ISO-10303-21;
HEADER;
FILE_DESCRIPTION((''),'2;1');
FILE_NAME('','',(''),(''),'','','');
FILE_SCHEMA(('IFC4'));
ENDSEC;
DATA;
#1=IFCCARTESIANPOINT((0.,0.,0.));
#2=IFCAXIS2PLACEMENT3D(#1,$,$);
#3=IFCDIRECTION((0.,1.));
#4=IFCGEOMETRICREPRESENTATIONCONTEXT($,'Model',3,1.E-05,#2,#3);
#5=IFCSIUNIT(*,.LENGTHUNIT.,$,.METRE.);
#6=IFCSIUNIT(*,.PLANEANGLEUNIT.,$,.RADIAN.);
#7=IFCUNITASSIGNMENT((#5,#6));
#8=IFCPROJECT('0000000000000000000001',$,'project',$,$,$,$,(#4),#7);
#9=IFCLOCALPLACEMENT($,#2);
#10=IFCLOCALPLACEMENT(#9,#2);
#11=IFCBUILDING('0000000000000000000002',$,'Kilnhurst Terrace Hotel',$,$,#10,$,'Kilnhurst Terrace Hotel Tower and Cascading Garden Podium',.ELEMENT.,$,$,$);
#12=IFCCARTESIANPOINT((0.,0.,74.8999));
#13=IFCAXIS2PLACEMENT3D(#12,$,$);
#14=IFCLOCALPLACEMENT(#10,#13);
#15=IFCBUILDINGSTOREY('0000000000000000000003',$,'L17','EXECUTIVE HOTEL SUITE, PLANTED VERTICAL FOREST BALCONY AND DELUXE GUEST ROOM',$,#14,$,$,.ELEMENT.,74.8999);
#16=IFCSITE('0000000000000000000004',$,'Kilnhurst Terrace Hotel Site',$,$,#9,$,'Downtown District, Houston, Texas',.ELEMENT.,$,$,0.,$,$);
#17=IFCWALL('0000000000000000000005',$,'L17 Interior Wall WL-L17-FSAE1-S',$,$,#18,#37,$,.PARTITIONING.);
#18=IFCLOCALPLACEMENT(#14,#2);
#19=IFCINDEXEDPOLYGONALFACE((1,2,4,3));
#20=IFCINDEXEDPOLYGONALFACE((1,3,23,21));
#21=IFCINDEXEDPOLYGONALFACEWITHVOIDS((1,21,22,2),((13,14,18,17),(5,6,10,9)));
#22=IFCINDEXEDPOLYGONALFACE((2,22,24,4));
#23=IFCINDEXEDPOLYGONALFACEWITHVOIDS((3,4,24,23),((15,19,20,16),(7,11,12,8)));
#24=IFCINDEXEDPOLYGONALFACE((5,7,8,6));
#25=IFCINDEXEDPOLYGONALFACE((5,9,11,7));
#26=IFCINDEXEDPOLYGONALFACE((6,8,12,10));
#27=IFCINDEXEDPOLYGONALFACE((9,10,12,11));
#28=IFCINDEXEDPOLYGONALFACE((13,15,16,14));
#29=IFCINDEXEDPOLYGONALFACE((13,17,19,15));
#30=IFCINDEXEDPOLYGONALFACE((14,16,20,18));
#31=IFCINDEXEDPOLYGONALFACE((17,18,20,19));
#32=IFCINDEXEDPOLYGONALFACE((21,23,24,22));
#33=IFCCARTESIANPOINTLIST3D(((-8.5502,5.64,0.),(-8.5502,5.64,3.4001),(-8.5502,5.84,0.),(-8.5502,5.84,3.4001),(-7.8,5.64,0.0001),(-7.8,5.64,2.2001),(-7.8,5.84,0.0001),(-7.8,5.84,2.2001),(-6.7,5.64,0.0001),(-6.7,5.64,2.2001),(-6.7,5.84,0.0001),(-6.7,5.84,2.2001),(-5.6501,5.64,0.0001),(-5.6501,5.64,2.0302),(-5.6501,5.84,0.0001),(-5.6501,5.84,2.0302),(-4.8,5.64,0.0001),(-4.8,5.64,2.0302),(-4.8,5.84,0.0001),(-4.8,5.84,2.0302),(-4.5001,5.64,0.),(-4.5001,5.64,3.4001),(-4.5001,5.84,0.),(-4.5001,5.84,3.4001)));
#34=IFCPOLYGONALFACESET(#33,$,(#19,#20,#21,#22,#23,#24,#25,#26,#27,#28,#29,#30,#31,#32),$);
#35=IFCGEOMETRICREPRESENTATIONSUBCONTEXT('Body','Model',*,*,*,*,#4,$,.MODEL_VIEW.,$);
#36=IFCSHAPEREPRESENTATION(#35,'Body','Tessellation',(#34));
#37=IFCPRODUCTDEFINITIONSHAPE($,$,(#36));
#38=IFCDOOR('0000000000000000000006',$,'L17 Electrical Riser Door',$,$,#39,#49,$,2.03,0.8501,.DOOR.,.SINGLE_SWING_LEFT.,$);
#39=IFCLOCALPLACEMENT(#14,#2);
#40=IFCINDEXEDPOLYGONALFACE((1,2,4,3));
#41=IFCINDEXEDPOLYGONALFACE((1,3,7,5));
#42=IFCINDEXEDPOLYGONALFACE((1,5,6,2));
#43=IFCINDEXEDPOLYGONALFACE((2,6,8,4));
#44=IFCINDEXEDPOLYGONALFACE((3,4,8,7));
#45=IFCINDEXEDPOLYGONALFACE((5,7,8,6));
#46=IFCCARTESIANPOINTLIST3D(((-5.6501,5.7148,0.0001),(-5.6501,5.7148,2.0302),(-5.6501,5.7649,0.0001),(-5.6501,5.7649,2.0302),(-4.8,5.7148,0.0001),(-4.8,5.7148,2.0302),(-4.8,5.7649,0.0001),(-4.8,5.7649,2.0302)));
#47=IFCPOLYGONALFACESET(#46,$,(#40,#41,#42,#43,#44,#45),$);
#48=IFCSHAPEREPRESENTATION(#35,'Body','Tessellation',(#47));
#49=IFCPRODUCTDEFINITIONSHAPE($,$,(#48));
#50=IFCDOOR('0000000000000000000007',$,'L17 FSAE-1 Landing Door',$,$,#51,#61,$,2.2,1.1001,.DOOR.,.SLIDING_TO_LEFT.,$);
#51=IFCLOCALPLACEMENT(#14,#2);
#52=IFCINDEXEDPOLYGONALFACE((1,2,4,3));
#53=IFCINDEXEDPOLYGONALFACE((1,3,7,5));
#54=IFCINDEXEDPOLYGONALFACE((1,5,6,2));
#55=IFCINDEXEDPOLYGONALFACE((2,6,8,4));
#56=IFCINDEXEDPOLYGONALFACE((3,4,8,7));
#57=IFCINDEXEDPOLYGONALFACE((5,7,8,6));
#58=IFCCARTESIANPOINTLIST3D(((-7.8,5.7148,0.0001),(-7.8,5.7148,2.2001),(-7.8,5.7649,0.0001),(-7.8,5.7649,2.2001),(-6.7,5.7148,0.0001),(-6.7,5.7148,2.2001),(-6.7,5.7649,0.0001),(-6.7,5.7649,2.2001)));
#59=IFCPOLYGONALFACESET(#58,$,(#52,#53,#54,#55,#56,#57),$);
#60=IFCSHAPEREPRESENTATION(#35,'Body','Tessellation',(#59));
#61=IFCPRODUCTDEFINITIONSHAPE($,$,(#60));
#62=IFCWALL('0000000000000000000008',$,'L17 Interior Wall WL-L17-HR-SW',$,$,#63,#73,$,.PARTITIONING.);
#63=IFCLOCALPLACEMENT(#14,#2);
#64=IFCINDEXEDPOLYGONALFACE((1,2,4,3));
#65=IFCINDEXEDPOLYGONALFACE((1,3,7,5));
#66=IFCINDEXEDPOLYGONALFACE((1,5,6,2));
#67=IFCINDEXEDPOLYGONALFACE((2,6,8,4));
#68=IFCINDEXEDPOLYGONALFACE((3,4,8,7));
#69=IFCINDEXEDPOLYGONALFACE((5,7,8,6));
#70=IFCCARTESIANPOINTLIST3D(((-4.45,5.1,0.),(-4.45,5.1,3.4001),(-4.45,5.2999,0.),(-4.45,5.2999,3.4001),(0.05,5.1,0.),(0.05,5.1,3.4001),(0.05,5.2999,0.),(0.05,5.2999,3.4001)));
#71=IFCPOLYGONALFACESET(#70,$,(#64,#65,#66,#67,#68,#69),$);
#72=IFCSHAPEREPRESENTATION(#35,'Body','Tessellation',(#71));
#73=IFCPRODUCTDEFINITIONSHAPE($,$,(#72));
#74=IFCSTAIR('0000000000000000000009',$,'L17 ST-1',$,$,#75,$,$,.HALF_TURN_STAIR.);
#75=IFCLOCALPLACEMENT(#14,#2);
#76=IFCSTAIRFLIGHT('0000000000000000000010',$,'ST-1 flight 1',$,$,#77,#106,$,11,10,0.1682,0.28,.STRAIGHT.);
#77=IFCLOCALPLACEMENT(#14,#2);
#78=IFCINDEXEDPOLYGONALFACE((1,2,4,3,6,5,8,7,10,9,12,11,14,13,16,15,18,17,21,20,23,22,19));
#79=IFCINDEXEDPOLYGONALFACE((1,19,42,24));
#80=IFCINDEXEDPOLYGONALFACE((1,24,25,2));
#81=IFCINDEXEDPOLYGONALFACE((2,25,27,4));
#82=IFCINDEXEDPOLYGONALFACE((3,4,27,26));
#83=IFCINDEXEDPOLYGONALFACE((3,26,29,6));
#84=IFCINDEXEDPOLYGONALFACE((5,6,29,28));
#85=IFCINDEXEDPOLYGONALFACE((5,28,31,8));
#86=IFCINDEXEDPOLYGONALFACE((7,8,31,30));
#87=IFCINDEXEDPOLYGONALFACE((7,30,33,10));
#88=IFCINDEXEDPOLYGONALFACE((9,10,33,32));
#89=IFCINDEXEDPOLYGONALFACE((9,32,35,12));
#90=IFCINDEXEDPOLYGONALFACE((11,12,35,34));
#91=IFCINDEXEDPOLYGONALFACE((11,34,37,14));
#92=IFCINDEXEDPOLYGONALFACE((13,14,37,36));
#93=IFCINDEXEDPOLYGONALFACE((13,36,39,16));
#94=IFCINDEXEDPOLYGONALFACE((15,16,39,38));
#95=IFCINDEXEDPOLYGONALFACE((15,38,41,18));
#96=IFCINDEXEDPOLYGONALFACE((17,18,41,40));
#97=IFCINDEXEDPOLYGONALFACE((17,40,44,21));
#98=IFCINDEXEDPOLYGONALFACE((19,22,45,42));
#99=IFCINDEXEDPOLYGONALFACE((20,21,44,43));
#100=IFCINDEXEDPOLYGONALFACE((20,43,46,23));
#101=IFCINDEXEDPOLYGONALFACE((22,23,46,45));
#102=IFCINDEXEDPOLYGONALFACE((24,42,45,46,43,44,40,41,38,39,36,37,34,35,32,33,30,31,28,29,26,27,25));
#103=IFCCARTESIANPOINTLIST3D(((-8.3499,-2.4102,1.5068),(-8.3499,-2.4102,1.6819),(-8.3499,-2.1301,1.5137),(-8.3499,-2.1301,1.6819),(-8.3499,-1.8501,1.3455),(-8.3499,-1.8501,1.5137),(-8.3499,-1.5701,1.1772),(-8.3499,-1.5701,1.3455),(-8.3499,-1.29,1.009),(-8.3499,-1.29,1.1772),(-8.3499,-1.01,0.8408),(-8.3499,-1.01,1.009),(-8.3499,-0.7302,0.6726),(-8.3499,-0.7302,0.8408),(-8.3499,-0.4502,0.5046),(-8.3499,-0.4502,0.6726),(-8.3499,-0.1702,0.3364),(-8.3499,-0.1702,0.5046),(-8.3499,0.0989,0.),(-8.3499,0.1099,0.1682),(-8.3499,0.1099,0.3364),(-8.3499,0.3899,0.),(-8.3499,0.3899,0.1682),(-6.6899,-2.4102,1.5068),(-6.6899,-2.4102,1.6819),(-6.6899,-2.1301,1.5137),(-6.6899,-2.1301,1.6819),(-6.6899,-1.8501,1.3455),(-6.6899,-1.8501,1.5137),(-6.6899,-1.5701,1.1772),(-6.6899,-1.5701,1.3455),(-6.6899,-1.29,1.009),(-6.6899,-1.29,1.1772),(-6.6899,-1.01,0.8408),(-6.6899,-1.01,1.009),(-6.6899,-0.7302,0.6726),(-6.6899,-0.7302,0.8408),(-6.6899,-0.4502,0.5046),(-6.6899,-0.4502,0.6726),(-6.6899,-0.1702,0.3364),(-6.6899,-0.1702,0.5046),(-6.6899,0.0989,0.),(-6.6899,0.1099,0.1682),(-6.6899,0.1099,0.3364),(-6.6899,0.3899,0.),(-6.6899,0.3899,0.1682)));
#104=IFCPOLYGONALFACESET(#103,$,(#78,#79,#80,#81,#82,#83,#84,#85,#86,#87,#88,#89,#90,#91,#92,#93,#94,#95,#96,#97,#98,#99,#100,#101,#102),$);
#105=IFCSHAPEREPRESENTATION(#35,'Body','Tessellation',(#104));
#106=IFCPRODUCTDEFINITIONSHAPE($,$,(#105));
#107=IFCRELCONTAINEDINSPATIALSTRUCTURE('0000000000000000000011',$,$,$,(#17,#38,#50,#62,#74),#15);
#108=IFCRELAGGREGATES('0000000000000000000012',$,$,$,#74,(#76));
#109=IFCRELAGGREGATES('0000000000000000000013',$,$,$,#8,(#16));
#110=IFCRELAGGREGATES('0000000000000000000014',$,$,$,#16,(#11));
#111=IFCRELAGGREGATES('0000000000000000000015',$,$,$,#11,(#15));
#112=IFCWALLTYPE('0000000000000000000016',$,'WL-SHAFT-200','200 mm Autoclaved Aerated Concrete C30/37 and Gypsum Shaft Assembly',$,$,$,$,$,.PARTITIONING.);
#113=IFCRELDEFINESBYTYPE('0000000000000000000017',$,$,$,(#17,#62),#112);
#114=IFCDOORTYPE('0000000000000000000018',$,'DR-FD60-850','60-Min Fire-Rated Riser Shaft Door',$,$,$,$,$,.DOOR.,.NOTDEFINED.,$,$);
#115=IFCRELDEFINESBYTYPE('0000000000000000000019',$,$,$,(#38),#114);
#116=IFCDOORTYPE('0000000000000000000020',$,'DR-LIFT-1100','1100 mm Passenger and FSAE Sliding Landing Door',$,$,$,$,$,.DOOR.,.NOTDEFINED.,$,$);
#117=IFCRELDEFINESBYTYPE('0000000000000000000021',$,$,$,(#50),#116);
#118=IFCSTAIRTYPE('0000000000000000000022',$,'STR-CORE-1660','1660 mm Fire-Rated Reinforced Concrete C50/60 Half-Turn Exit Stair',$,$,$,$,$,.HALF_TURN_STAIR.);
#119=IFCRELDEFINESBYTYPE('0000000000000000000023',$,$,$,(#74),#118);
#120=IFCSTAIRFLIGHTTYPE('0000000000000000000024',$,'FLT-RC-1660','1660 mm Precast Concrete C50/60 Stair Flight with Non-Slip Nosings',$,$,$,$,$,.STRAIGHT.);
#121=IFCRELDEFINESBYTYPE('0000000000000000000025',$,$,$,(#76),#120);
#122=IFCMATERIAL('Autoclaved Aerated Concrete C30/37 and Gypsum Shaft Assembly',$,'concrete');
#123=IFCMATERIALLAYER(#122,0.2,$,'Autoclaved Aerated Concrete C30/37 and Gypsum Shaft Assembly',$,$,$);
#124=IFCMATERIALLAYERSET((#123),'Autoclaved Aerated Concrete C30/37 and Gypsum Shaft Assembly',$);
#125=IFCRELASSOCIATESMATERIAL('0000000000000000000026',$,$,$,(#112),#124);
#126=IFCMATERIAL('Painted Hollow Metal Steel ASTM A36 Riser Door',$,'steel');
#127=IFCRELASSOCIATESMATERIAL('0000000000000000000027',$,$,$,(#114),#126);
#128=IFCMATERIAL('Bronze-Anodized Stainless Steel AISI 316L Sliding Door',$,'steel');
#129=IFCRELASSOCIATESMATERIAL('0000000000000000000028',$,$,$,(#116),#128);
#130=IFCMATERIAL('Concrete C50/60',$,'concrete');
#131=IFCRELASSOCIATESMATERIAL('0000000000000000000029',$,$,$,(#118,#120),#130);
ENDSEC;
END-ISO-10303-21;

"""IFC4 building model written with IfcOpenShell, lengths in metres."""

from ifc_helpers import new_model, si_unit, direction, frame, frame_2d, origin, place, context, subcontext, project, spatial, polyline, rectangle, outline, extrude, material, layer, layer_set, type_object, element, fill, aggregate, save


model = new_model("IFC4")

# Units and contexts
model_context = context("Model", 3, precision=1e-05, world=origin(), true_north=direction((0.0, 1.0)))
body_context = subcontext(model_context, "Body", "Model", "MODEL_VIEW")
ifc_project = project(units=[si_unit("LENGTHUNIT", "METRE"), si_unit("PLANEANGLEUNIT", "RADIAN")], contexts=[model_context])

# Site, building, storey
site_placement = place(None, origin())
site = spatial("IfcSite", under=ifc_project, at=site_placement, Name="Kilnhurst Terrace Hotel Site", LongName="Downtown District, Houston, Texas", CompositionType="ELEMENT", RefElevation=0.0)
building_placement = place(site_placement, origin())
building = spatial("IfcBuilding", under=site, at=building_placement, Name="Kilnhurst Terrace Hotel", LongName="Kilnhurst Terrace Hotel Tower and Cascading Garden Podium", CompositionType="ELEMENT")
storey_placement = place(building_placement, frame((0.0, 0.0, 74.8999)))
storey = spatial("IfcBuildingStorey", under=building, at=storey_placement, Name="L17", Description="EXECUTIVE HOTEL SUITE, PLANTED VERTICAL FOREST BALCONY AND DELUXE GUEST ROOM", CompositionType="ELEMENT", Elevation=74.8999)

# Shared definitions
ifc_material_1 = material(Name="Concrete C50/60", Category="concrete")

# Wall, openings, doors
ifc_material_2 = material(Name="Autoclaved Aerated Concrete C30/37 and Gypsum Shaft Assembly", Category="concrete")
ifc_layer_1 = layer(ifc_material_2, 0.2, Name="Autoclaved Aerated Concrete C30/37 and Gypsum Shaft Assembly")
ifc_layer_set_1 = layer_set([ifc_layer_1], Name="Autoclaved Aerated Concrete C30/37 and Gypsum Shaft Assembly")
wall_type_1 = type_object("IfcWallType", Name="WL-SHAFT-200", Description="200 mm Autoclaved Aerated Concrete C30/37 and Gypsum Shaft Assembly", PredefinedType="PARTITIONING", material=ifc_layer_set_1)
wall_1_placement = place(storey_placement, frame((-8.55, 5.74, 0.0), z_axis=(0.0, 0.0, 1.0), x_axis=(1.0, 0.0, 0.0)))
wall_1 = element("IfcWall", 1, at=wall_1_placement, inside=storey, type_object=wall_type_1, Name="L17 Interior Wall WL-L17-FSAE1-S", PredefinedType="PARTITIONING", context=body_context, shape_type="SweptSolid", body=[
    extrude(rectangle(XDim=4.05, YDim=0.2, at=frame_2d((2.0249, 0.0))), origin(), (0.0, 0.0, 1.0), 3.4001),
])
opening_1_placement = place(wall_1_placement, frame((0.75, 0.0, 0.0)))
opening_1 = element("IfcOpeningElement", 2, at=opening_1_placement, cuts=wall_1, PredefinedType="OPENING", context=body_context, shape_type="SweptSolid", body=[
    extrude(rectangle(XDim=1.1001, YDim=2.2, at=frame_2d((0.55, 1.1001))), frame((0.0, 0.1099, 0.0), z_axis=(0.0, -1.0, 0.0), x_axis=(1.0, 0.0, 0.0)), (0.0, 0.0, 1.0), 0.22),
])
opening_2_placement = place(wall_1_placement, frame((2.8999, 0.0, 0.0)))
opening_2 = element("IfcOpeningElement", 3, at=opening_2_placement, cuts=wall_1, PredefinedType="OPENING", context=body_context, shape_type="SweptSolid", body=[
    extrude(rectangle(XDim=0.8501, YDim=2.03, at=frame_2d((0.425, 1.0151))), frame((0.0, 0.1099, 0.0), z_axis=(0.0, -1.0, 0.0), x_axis=(1.0, 0.0, 0.0)), (0.0, 0.0, 1.0), 0.22),
])
ifc_material_3 = material(Name="Painted Hollow Metal Steel ASTM A36 Riser Door", Category="steel")
door_type_1 = type_object("IfcDoorType", Name="DR-FD60-850", Description="60-Min Fire-Rated Riser Shaft Door", OperationType="NOTDEFINED", PredefinedType="DOOR", material=ifc_material_3)
door_1_placement = place(opening_2_placement, origin())
door_1 = element("IfcDoor", 4, at=door_1_placement, inside=storey, type_object=door_type_1, Name="L17 Electrical Riser Door", OperationType="SINGLE_SWING_LEFT", OverallHeight=2.03, OverallWidth=0.8501, PredefinedType="DOOR", context=body_context, shape_type="SweptSolid", body=[
    extrude(rectangle(XDim=0.8501, YDim=2.03, at=frame_2d((0.425, 1.0151))), frame((0.0, 0.0249, 0.0), z_axis=(0.0, -1.0, 0.0), x_axis=(1.0, 0.0, 0.0)), (0.0, 0.0, 1.0), 0.05),
])
fill(opening_2, door_1)
ifc_material_4 = material(Name="Bronze-Anodized Stainless Steel AISI 316L Sliding Door", Category="steel")
door_type_2 = type_object("IfcDoorType", Name="DR-LIFT-1100", Description="1100 mm Passenger and FSAE Sliding Landing Door", OperationType="NOTDEFINED", PredefinedType="DOOR", material=ifc_material_4)
door_2_placement = place(opening_1_placement, origin())
door_2 = element("IfcDoor", 5, at=door_2_placement, inside=storey, type_object=door_type_2, Name="L17 FSAE-1 Landing Door", OperationType="SLIDING_TO_LEFT", OverallHeight=2.2, OverallWidth=1.1001, PredefinedType="DOOR", context=body_context, shape_type="SweptSolid", body=[
    extrude(rectangle(XDim=1.1001, YDim=2.2, at=frame_2d((0.55, 1.1001))), frame((0.0, 0.0249, 0.0), z_axis=(0.0, -1.0, 0.0), x_axis=(1.0, 0.0, 0.0)), (0.0, 0.0, 1.0), 0.05),
])
fill(opening_1, door_2)

# Wall
wall_2_placement = place(storey_placement, frame((-4.45, 5.2, 0.0), z_axis=(0.0, 0.0, 1.0), x_axis=(1.0, 0.0, 0.0)))
element("IfcWall", 6, at=wall_2_placement, inside=storey, type_object=wall_type_1, Name="L17 Interior Wall WL-L17-HR-SW", PredefinedType="PARTITIONING", context=body_context, shape_type="SweptSolid", body=[
    extrude(rectangle(XDim=4.5, YDim=0.2, at=frame_2d((2.25, 0.0))), origin(), (0.0, 0.0, 1.0), 3.4001),
])

# Stair, stair flight
stair_type = type_object("IfcStairType", Name="STR-CORE-1660", Description="1660 mm Fire-Rated Reinforced Concrete C50/60 Half-Turn Exit Stair", PredefinedType="HALF_TURN_STAIR", material=ifc_material_1)
stair_placement = place(storey_placement, origin())
stair = element("IfcStair", 7, at=stair_placement, inside=storey, type_object=stair_type, Name="L17 ST-1", PredefinedType="HALF_TURN_STAIR")
stair_flight_type = type_object("IfcStairFlightType", Name="FLT-RC-1660", Description="1660 mm Precast Concrete C50/60 Stair Flight with Non-Slip Nosings", PredefinedType="STRAIGHT", material=ifc_material_1)
stair_flight_placement = place(storey_placement, frame((-7.52, 0.3899, 0.0), z_axis=(0.0, 0.0, 1.0), x_axis=(0.0, -1.0, 0.0)))
stair_flight = element("IfcStairFlight", 8, at=stair_flight_placement, type_object=stair_flight_type, Name="ST-1 flight 1", NumberOfRisers=11, NumberOfTreads=10, PredefinedType="STRAIGHT", RiserHeight=0.1682, TreadLength=0.28, context=body_context, shape_type="SweptSolid", body=[
    extrude(outline(polyline([(0.0, 0.0), (0.0, 0.1682), (0.28, 0.1682), (0.28, 0.3364), (0.5601, 0.3364), (0.5601, 0.5046), (0.8401, 0.5046), (0.8401, 0.6726), (1.1201, 0.6726), (1.1201, 0.8408), (1.3999, 0.8408), (1.3999, 1.009), (1.6799, 1.009), (1.6799, 1.1772), (1.96, 1.1772), (1.96, 1.3455), (2.24, 1.3455), (2.24, 1.5137), (2.52, 1.5137), (2.52, 1.6819), (2.8, 1.6819), (2.8, 1.8501), (2.8, 1.5068), (0.291, 0.0), (0.0, 0.0)])), frame((0.0, 0.8301, 0.0), z_axis=(0.0, -1.0, 0.0), x_axis=(1.0, 0.0, 0.0)), (0.0, 0.0, 1.0), 1.6599),
])
aggregate(stair, [stair_flight])

save(model, "model.ifc")
